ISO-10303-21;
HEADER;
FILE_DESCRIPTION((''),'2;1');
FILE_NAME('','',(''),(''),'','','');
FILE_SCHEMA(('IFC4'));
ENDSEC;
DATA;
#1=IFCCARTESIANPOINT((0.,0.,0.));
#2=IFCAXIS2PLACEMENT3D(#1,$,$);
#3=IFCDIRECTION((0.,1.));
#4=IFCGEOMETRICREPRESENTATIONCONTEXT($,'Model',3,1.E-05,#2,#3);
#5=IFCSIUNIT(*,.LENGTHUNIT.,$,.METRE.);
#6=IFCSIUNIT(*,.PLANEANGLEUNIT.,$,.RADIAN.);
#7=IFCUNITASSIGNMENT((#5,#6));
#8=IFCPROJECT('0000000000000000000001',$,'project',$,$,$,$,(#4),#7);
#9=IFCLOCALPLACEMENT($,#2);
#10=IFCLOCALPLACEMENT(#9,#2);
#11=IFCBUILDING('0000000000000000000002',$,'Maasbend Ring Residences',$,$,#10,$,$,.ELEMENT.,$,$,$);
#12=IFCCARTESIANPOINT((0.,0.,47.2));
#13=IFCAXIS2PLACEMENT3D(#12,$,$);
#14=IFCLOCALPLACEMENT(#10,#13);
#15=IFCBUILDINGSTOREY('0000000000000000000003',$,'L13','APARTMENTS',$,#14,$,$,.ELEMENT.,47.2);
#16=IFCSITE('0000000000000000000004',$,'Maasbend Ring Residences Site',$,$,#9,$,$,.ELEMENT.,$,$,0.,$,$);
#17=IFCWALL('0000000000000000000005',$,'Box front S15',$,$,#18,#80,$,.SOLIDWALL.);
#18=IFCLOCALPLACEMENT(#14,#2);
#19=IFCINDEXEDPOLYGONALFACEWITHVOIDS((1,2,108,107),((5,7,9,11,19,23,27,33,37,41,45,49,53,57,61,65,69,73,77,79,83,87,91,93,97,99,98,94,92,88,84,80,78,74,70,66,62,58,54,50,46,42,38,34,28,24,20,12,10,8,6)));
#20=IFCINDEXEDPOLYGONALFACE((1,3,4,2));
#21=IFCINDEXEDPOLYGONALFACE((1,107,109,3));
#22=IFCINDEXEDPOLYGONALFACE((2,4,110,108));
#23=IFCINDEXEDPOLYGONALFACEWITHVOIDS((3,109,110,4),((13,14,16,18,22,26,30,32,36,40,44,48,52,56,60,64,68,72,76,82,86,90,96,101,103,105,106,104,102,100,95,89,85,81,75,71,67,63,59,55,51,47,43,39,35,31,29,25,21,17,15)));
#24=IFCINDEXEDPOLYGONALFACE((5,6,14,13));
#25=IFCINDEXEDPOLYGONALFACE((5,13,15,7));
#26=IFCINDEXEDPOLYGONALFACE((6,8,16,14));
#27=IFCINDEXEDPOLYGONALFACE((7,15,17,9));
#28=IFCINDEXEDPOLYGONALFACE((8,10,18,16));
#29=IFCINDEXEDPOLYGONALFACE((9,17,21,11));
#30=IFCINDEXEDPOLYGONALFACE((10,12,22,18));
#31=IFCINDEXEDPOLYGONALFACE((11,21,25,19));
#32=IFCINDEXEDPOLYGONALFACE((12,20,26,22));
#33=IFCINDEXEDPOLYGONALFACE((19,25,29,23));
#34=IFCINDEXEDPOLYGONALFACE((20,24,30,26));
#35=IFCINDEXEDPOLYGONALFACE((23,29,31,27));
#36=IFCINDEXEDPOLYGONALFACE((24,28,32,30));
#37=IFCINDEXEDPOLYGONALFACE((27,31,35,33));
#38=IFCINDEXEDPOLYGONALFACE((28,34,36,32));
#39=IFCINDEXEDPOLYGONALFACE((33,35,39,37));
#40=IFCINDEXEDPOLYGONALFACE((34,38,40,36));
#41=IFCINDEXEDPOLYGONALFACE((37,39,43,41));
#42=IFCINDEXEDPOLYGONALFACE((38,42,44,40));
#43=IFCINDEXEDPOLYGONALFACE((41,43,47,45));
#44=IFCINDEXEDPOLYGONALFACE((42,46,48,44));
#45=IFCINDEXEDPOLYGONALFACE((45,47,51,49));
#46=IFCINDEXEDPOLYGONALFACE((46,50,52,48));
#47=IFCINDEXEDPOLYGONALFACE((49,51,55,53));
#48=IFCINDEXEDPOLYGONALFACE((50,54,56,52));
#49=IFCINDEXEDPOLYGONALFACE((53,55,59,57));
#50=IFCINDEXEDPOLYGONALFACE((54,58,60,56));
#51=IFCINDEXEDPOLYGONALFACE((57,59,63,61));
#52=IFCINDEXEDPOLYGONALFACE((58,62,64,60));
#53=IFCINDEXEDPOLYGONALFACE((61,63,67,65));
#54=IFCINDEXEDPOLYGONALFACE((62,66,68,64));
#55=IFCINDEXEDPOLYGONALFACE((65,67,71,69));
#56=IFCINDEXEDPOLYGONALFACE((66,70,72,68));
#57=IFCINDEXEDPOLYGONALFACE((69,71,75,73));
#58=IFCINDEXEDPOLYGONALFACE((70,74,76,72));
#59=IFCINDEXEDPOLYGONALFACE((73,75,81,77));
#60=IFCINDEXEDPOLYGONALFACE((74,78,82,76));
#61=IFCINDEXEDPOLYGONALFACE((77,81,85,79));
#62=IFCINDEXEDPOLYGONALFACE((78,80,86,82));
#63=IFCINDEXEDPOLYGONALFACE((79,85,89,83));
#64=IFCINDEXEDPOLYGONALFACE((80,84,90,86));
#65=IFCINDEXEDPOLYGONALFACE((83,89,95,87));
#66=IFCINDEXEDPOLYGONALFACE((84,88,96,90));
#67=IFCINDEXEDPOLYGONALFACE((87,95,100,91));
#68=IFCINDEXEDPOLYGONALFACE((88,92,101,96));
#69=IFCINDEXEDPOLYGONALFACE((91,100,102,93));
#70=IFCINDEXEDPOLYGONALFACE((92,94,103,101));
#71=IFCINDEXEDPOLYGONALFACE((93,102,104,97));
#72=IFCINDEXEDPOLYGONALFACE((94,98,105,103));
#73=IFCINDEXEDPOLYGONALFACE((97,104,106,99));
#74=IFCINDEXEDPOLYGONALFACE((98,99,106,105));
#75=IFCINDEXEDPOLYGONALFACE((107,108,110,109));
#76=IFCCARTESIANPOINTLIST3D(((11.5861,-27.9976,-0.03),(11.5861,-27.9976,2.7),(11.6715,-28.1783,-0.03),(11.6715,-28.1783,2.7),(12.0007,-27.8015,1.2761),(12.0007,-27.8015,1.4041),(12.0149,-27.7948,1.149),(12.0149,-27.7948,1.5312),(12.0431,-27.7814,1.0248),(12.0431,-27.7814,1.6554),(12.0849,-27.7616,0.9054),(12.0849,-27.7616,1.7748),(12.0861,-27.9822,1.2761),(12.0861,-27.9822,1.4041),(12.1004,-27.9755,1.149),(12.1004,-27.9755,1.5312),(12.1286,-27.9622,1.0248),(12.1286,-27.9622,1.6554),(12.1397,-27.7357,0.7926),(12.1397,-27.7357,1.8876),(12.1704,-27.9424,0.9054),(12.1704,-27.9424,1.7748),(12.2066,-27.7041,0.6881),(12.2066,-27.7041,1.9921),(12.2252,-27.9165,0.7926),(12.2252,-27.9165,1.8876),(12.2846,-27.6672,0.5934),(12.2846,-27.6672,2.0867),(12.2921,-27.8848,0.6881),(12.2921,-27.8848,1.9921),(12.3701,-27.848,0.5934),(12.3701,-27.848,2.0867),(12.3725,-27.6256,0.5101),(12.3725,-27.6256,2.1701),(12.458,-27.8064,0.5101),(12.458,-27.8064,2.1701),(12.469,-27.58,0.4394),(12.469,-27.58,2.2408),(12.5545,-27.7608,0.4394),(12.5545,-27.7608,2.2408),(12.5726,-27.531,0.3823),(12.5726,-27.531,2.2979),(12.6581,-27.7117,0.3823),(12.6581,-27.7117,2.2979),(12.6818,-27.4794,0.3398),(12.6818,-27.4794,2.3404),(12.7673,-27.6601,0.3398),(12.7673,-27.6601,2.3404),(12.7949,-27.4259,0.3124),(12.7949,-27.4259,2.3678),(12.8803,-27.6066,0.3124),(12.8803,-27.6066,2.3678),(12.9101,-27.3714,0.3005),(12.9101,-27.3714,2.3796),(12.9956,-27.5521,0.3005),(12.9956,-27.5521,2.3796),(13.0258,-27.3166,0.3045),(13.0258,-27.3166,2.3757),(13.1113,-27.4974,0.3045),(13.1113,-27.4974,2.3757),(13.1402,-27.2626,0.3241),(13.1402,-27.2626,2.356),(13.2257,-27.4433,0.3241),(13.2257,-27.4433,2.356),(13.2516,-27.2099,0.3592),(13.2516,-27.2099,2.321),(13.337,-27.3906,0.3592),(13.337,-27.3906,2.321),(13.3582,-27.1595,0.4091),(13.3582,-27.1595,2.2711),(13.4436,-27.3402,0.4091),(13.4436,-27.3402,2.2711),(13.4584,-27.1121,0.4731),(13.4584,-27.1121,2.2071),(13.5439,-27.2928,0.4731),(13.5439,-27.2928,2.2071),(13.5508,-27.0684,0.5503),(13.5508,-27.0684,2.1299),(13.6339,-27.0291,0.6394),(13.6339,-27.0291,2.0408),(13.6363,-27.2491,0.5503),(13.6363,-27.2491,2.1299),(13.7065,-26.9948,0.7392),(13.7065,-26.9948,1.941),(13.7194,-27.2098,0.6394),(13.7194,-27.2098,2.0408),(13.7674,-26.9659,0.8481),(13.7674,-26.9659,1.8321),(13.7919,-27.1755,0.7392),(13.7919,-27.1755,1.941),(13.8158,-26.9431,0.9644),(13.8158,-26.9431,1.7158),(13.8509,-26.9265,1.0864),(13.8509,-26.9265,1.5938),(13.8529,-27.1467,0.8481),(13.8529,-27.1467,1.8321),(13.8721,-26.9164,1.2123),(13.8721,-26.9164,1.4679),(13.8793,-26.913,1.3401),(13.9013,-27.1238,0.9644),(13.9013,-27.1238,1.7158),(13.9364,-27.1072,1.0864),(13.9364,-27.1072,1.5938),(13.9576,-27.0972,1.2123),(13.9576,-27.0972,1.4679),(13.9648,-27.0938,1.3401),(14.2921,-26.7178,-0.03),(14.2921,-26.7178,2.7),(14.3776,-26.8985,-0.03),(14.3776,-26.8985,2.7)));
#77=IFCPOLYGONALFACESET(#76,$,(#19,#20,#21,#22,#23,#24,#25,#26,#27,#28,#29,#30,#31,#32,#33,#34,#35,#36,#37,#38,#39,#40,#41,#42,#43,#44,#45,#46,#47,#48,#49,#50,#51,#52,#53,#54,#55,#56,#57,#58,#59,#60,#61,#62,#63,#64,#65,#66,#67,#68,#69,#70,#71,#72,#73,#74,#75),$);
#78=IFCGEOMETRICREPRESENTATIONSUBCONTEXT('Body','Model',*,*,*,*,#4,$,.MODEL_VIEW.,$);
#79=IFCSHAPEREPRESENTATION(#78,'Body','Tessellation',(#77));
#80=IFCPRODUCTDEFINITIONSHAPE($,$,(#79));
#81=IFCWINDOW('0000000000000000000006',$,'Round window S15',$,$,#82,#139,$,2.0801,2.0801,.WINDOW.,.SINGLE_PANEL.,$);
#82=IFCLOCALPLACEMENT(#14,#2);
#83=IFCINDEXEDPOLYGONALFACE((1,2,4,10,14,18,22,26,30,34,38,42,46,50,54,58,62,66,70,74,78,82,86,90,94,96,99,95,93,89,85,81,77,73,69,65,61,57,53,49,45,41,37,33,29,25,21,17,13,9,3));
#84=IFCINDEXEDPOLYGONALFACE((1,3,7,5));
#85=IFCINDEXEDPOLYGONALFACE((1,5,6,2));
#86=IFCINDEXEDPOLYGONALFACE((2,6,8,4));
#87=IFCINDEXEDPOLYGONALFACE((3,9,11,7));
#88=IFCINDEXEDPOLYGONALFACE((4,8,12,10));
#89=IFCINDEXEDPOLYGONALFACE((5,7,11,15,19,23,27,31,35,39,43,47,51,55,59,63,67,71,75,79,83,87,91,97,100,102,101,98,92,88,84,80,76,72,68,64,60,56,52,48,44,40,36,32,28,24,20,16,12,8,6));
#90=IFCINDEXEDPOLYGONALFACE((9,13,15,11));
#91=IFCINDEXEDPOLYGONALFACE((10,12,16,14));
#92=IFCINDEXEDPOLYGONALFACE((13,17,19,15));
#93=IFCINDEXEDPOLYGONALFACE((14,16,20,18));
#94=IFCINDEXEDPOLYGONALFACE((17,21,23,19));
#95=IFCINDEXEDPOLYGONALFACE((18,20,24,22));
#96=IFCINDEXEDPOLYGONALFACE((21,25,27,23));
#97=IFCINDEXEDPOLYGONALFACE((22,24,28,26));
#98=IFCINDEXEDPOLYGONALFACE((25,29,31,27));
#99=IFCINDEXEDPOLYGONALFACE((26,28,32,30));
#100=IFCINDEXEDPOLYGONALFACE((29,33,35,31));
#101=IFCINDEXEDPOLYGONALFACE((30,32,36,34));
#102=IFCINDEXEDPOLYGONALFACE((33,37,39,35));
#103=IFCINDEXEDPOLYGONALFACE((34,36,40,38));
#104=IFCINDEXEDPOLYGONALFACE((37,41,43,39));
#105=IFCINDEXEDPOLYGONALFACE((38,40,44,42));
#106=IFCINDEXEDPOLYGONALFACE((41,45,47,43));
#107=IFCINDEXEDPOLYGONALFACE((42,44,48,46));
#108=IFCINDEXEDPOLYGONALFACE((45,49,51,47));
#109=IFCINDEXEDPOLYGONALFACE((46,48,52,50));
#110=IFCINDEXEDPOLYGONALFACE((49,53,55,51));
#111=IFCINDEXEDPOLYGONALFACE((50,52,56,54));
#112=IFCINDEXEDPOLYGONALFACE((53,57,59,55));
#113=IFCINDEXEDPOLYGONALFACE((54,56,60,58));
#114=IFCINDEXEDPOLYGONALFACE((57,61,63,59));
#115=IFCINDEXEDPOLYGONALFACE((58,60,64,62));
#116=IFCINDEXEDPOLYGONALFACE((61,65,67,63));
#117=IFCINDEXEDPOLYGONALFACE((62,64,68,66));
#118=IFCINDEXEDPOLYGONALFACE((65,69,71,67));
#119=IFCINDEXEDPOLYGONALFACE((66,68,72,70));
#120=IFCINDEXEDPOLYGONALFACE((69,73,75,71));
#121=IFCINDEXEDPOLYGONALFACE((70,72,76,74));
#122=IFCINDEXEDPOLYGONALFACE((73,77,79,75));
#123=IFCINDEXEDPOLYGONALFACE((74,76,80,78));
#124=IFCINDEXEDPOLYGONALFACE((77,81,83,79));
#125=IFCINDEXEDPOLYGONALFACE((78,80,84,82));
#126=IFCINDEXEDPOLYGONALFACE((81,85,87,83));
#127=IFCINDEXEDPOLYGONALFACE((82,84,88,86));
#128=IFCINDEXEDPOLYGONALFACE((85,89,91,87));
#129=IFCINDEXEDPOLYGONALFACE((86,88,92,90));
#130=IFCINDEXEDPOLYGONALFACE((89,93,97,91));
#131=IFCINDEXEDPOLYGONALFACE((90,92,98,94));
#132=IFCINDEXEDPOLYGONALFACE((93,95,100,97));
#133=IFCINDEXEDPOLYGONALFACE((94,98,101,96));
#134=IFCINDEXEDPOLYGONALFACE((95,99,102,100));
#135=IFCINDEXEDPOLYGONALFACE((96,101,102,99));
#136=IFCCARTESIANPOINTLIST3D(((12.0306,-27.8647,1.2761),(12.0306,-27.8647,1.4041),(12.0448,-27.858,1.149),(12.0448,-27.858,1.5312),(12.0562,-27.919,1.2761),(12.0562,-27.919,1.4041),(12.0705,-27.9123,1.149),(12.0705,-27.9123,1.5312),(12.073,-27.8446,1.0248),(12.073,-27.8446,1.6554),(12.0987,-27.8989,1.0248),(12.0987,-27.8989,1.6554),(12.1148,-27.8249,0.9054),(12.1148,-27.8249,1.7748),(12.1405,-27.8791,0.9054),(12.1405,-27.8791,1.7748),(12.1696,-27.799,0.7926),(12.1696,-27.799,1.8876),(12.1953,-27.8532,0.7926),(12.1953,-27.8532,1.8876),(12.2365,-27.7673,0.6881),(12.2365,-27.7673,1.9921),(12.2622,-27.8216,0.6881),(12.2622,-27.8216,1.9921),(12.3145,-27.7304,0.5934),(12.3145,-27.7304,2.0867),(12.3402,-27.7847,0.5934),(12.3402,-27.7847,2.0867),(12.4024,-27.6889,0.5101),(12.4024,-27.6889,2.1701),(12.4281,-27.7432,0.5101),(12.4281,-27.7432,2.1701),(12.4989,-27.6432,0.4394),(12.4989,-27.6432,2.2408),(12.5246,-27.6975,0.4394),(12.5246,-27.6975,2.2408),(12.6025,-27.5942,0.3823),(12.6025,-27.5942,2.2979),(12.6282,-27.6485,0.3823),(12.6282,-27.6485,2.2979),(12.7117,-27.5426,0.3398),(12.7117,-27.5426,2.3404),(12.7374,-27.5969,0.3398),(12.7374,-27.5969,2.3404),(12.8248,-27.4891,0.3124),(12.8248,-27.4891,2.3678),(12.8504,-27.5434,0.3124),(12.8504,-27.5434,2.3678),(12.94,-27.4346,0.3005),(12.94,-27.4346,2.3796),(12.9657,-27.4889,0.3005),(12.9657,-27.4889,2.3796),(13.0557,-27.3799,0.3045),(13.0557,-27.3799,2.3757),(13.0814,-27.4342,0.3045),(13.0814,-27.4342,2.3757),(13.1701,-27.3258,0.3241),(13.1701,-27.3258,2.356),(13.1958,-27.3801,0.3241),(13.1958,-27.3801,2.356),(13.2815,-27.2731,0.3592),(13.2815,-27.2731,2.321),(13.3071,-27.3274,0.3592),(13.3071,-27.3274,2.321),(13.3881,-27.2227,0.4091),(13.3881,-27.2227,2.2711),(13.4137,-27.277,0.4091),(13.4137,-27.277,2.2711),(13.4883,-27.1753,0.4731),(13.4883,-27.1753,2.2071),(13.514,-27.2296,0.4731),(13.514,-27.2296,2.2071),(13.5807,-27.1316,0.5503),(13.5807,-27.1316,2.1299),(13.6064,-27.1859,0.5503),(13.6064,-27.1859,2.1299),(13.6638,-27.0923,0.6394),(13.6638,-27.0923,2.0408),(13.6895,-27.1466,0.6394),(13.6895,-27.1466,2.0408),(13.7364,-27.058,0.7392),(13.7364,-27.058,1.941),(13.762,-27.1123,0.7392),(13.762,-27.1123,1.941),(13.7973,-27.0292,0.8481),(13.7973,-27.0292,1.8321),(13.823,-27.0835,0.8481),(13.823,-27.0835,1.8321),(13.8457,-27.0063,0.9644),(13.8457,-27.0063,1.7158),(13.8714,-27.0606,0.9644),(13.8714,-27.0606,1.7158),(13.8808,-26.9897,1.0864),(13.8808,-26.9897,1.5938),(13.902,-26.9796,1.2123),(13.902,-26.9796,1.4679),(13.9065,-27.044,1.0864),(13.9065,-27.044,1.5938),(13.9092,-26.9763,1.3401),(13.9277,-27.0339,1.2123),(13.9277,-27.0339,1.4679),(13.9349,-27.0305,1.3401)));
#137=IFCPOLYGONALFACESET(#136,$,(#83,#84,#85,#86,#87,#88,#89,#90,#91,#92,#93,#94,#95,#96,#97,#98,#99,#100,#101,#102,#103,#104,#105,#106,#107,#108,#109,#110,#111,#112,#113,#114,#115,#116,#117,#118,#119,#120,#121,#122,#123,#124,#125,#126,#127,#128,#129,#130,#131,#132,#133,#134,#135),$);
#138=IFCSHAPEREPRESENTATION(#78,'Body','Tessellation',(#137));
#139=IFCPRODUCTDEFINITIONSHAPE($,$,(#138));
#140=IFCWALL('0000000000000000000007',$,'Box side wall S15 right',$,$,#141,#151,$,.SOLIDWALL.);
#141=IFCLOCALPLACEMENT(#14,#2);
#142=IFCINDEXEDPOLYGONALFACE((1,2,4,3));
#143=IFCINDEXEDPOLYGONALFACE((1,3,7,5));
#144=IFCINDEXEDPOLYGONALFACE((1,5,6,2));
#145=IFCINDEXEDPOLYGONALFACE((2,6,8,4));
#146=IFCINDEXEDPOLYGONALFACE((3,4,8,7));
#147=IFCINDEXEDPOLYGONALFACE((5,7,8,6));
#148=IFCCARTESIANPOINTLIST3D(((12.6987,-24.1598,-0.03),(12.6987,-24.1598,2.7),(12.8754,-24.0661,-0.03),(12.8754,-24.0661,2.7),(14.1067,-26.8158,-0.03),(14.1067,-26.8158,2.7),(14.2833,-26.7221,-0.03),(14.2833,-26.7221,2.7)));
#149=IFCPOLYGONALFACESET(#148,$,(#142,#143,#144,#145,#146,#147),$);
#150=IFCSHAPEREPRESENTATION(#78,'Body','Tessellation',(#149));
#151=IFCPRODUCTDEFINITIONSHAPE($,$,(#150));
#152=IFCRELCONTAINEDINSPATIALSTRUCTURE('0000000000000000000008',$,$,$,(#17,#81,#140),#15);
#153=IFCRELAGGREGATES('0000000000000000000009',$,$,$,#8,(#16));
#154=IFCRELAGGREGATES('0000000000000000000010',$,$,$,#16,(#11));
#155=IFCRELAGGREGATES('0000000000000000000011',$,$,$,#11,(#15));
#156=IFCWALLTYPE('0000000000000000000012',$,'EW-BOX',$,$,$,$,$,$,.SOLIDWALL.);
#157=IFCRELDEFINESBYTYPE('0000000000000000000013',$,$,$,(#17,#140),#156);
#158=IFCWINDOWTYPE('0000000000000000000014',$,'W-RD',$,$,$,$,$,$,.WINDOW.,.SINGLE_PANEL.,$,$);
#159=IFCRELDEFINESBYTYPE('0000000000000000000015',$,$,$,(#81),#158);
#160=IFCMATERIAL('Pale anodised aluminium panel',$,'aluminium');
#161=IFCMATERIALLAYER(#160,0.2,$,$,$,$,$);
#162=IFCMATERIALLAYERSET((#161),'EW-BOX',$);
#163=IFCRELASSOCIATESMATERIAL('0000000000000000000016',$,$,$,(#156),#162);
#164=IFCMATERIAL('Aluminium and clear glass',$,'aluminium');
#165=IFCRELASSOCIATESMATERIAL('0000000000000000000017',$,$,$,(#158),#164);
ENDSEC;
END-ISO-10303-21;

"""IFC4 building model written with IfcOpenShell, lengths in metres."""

from ifc_helpers import new_model, si_unit, direction, frame, frame_2d, origin, place, context, subcontext, project, spatial, rectangle, circle, extrude, material, layer, layer_set, type_object, element, fill, save


model = new_model("IFC4")

# Units and contexts
model_context = context("Model", 3, precision=1e-05, world=origin(), true_north=direction((0.0, 1.0)))
body_context = subcontext(model_context, "Body", "Model", "MODEL_VIEW")
ifc_project = project(units=[si_unit("LENGTHUNIT", "METRE"), si_unit("PLANEANGLEUNIT", "RADIAN")], contexts=[model_context])

# Site, building, storey
site_placement = place(None, origin())
site = spatial("IfcSite", under=ifc_project, at=site_placement, Name="Maasbend Ring Residences Site", CompositionType="ELEMENT", RefElevation=0.0)
building_placement = place(site_placement, origin())
building = spatial("IfcBuilding", under=site, at=building_placement, Name="Maasbend Ring Residences", CompositionType="ELEMENT")
storey_placement = place(building_placement, frame((0.0, 0.0, 47.2)))
storey = spatial("IfcBuildingStorey", under=building, at=storey_placement, Name="L13", Description="APARTMENTS", CompositionType="ELEMENT", Elevation=47.2)

# Wall, opening, window
ifc_material_1 = material(Name="Pale anodised aluminium panel", Category="aluminium")
ifc_layer_1 = layer(ifc_material_1, 0.2)
ifc_layer_set_1 = layer_set([ifc_layer_1], Name="EW-BOX")
wall_type_1 = type_object("IfcWallType", Name="EW-BOX", PredefinedType="SOLIDWALL", material=ifc_layer_set_1)
wall_1_placement = place(storey_placement, frame((11.6289, -28.0879, -0.03), z_axis=(0.0, 0.0, 1.0), x_axis=(0.904, 0.427532, 0.0)))
wall_1 = element("IfcWall", 1, at=wall_1_placement, inside=storey, type_object=wall_type_1, Name="Box front S15", PredefinedType="SOLIDWALL", context=body_context, shape_type="SweptSolid", body=[
    extrude(rectangle(XDim=2.9934, YDim=0.2, at=frame_2d((1.4966, 0.0))), origin(), (0.0, 0.0, 1.0), 2.73),
])
opening_1_placement = place(wall_1_placement, frame((0.4565, 0.0, 0.3301)))
opening_1 = element("IfcOpeningElement", 2, at=opening_1_placement, cuts=wall_1, PredefinedType="OPENING", context=body_context, shape_type="SweptSolid", body=[
    extrude(circle(Radius=1.04, at=frame_2d((1.04, 1.04))), frame((0.0, 0.1099, 0.0), z_axis=(0.0, -1.0, 0.0), x_axis=(1.0, 0.0, 0.0)), (0.0, 0.0, 1.0), 0.22),
])
ifc_material_2 = material(Name="Aluminium and clear glass", Category="aluminium")
window_type_1 = type_object("IfcWindowType", Name="W-RD", PartitioningType="SINGLE_PANEL", PredefinedType="WINDOW", material=ifc_material_2)
window_1_placement = place(opening_1_placement, origin())
window_1 = element("IfcWindow", 3, at=window_1_placement, inside=storey, type_object=window_type_1, Name="Round window S15", OverallHeight=2.0801, OverallWidth=2.0801, PartitioningType="SINGLE_PANEL", PredefinedType="WINDOW", context=body_context, shape_type="SweptSolid", body=[
    extrude(circle(Radius=1.04, at=frame_2d((1.04, 1.04))), frame((0.0, 0.03, 0.0), z_axis=(0.0, -1.0, 0.0), x_axis=(1.0, 0.0, 0.0)), (0.0, 0.0, 1.0), 0.0601),
])
fill(opening_1, window_1)

# Wall
wall_2_placement = place(storey_placement, frame((12.7871, -24.113, -0.03), z_axis=(0.0, 0.0, 1.0), x_axis=(0.468365, -0.883535, 0.0)))
element("IfcWall", 4, at=wall_2_placement, inside=storey, type_object=wall_type_1, Name="Box side wall S15 right", PredefinedType="SOLIDWALL", context=body_context, shape_type="SweptSolid", body=[
    extrude(rectangle(XDim=3.0061, YDim=0.2, at=frame_2d((1.5029, 0.0))), origin(), (0.0, 0.0, 1.0), 2.73),
])

save(model, "model.ifc")
